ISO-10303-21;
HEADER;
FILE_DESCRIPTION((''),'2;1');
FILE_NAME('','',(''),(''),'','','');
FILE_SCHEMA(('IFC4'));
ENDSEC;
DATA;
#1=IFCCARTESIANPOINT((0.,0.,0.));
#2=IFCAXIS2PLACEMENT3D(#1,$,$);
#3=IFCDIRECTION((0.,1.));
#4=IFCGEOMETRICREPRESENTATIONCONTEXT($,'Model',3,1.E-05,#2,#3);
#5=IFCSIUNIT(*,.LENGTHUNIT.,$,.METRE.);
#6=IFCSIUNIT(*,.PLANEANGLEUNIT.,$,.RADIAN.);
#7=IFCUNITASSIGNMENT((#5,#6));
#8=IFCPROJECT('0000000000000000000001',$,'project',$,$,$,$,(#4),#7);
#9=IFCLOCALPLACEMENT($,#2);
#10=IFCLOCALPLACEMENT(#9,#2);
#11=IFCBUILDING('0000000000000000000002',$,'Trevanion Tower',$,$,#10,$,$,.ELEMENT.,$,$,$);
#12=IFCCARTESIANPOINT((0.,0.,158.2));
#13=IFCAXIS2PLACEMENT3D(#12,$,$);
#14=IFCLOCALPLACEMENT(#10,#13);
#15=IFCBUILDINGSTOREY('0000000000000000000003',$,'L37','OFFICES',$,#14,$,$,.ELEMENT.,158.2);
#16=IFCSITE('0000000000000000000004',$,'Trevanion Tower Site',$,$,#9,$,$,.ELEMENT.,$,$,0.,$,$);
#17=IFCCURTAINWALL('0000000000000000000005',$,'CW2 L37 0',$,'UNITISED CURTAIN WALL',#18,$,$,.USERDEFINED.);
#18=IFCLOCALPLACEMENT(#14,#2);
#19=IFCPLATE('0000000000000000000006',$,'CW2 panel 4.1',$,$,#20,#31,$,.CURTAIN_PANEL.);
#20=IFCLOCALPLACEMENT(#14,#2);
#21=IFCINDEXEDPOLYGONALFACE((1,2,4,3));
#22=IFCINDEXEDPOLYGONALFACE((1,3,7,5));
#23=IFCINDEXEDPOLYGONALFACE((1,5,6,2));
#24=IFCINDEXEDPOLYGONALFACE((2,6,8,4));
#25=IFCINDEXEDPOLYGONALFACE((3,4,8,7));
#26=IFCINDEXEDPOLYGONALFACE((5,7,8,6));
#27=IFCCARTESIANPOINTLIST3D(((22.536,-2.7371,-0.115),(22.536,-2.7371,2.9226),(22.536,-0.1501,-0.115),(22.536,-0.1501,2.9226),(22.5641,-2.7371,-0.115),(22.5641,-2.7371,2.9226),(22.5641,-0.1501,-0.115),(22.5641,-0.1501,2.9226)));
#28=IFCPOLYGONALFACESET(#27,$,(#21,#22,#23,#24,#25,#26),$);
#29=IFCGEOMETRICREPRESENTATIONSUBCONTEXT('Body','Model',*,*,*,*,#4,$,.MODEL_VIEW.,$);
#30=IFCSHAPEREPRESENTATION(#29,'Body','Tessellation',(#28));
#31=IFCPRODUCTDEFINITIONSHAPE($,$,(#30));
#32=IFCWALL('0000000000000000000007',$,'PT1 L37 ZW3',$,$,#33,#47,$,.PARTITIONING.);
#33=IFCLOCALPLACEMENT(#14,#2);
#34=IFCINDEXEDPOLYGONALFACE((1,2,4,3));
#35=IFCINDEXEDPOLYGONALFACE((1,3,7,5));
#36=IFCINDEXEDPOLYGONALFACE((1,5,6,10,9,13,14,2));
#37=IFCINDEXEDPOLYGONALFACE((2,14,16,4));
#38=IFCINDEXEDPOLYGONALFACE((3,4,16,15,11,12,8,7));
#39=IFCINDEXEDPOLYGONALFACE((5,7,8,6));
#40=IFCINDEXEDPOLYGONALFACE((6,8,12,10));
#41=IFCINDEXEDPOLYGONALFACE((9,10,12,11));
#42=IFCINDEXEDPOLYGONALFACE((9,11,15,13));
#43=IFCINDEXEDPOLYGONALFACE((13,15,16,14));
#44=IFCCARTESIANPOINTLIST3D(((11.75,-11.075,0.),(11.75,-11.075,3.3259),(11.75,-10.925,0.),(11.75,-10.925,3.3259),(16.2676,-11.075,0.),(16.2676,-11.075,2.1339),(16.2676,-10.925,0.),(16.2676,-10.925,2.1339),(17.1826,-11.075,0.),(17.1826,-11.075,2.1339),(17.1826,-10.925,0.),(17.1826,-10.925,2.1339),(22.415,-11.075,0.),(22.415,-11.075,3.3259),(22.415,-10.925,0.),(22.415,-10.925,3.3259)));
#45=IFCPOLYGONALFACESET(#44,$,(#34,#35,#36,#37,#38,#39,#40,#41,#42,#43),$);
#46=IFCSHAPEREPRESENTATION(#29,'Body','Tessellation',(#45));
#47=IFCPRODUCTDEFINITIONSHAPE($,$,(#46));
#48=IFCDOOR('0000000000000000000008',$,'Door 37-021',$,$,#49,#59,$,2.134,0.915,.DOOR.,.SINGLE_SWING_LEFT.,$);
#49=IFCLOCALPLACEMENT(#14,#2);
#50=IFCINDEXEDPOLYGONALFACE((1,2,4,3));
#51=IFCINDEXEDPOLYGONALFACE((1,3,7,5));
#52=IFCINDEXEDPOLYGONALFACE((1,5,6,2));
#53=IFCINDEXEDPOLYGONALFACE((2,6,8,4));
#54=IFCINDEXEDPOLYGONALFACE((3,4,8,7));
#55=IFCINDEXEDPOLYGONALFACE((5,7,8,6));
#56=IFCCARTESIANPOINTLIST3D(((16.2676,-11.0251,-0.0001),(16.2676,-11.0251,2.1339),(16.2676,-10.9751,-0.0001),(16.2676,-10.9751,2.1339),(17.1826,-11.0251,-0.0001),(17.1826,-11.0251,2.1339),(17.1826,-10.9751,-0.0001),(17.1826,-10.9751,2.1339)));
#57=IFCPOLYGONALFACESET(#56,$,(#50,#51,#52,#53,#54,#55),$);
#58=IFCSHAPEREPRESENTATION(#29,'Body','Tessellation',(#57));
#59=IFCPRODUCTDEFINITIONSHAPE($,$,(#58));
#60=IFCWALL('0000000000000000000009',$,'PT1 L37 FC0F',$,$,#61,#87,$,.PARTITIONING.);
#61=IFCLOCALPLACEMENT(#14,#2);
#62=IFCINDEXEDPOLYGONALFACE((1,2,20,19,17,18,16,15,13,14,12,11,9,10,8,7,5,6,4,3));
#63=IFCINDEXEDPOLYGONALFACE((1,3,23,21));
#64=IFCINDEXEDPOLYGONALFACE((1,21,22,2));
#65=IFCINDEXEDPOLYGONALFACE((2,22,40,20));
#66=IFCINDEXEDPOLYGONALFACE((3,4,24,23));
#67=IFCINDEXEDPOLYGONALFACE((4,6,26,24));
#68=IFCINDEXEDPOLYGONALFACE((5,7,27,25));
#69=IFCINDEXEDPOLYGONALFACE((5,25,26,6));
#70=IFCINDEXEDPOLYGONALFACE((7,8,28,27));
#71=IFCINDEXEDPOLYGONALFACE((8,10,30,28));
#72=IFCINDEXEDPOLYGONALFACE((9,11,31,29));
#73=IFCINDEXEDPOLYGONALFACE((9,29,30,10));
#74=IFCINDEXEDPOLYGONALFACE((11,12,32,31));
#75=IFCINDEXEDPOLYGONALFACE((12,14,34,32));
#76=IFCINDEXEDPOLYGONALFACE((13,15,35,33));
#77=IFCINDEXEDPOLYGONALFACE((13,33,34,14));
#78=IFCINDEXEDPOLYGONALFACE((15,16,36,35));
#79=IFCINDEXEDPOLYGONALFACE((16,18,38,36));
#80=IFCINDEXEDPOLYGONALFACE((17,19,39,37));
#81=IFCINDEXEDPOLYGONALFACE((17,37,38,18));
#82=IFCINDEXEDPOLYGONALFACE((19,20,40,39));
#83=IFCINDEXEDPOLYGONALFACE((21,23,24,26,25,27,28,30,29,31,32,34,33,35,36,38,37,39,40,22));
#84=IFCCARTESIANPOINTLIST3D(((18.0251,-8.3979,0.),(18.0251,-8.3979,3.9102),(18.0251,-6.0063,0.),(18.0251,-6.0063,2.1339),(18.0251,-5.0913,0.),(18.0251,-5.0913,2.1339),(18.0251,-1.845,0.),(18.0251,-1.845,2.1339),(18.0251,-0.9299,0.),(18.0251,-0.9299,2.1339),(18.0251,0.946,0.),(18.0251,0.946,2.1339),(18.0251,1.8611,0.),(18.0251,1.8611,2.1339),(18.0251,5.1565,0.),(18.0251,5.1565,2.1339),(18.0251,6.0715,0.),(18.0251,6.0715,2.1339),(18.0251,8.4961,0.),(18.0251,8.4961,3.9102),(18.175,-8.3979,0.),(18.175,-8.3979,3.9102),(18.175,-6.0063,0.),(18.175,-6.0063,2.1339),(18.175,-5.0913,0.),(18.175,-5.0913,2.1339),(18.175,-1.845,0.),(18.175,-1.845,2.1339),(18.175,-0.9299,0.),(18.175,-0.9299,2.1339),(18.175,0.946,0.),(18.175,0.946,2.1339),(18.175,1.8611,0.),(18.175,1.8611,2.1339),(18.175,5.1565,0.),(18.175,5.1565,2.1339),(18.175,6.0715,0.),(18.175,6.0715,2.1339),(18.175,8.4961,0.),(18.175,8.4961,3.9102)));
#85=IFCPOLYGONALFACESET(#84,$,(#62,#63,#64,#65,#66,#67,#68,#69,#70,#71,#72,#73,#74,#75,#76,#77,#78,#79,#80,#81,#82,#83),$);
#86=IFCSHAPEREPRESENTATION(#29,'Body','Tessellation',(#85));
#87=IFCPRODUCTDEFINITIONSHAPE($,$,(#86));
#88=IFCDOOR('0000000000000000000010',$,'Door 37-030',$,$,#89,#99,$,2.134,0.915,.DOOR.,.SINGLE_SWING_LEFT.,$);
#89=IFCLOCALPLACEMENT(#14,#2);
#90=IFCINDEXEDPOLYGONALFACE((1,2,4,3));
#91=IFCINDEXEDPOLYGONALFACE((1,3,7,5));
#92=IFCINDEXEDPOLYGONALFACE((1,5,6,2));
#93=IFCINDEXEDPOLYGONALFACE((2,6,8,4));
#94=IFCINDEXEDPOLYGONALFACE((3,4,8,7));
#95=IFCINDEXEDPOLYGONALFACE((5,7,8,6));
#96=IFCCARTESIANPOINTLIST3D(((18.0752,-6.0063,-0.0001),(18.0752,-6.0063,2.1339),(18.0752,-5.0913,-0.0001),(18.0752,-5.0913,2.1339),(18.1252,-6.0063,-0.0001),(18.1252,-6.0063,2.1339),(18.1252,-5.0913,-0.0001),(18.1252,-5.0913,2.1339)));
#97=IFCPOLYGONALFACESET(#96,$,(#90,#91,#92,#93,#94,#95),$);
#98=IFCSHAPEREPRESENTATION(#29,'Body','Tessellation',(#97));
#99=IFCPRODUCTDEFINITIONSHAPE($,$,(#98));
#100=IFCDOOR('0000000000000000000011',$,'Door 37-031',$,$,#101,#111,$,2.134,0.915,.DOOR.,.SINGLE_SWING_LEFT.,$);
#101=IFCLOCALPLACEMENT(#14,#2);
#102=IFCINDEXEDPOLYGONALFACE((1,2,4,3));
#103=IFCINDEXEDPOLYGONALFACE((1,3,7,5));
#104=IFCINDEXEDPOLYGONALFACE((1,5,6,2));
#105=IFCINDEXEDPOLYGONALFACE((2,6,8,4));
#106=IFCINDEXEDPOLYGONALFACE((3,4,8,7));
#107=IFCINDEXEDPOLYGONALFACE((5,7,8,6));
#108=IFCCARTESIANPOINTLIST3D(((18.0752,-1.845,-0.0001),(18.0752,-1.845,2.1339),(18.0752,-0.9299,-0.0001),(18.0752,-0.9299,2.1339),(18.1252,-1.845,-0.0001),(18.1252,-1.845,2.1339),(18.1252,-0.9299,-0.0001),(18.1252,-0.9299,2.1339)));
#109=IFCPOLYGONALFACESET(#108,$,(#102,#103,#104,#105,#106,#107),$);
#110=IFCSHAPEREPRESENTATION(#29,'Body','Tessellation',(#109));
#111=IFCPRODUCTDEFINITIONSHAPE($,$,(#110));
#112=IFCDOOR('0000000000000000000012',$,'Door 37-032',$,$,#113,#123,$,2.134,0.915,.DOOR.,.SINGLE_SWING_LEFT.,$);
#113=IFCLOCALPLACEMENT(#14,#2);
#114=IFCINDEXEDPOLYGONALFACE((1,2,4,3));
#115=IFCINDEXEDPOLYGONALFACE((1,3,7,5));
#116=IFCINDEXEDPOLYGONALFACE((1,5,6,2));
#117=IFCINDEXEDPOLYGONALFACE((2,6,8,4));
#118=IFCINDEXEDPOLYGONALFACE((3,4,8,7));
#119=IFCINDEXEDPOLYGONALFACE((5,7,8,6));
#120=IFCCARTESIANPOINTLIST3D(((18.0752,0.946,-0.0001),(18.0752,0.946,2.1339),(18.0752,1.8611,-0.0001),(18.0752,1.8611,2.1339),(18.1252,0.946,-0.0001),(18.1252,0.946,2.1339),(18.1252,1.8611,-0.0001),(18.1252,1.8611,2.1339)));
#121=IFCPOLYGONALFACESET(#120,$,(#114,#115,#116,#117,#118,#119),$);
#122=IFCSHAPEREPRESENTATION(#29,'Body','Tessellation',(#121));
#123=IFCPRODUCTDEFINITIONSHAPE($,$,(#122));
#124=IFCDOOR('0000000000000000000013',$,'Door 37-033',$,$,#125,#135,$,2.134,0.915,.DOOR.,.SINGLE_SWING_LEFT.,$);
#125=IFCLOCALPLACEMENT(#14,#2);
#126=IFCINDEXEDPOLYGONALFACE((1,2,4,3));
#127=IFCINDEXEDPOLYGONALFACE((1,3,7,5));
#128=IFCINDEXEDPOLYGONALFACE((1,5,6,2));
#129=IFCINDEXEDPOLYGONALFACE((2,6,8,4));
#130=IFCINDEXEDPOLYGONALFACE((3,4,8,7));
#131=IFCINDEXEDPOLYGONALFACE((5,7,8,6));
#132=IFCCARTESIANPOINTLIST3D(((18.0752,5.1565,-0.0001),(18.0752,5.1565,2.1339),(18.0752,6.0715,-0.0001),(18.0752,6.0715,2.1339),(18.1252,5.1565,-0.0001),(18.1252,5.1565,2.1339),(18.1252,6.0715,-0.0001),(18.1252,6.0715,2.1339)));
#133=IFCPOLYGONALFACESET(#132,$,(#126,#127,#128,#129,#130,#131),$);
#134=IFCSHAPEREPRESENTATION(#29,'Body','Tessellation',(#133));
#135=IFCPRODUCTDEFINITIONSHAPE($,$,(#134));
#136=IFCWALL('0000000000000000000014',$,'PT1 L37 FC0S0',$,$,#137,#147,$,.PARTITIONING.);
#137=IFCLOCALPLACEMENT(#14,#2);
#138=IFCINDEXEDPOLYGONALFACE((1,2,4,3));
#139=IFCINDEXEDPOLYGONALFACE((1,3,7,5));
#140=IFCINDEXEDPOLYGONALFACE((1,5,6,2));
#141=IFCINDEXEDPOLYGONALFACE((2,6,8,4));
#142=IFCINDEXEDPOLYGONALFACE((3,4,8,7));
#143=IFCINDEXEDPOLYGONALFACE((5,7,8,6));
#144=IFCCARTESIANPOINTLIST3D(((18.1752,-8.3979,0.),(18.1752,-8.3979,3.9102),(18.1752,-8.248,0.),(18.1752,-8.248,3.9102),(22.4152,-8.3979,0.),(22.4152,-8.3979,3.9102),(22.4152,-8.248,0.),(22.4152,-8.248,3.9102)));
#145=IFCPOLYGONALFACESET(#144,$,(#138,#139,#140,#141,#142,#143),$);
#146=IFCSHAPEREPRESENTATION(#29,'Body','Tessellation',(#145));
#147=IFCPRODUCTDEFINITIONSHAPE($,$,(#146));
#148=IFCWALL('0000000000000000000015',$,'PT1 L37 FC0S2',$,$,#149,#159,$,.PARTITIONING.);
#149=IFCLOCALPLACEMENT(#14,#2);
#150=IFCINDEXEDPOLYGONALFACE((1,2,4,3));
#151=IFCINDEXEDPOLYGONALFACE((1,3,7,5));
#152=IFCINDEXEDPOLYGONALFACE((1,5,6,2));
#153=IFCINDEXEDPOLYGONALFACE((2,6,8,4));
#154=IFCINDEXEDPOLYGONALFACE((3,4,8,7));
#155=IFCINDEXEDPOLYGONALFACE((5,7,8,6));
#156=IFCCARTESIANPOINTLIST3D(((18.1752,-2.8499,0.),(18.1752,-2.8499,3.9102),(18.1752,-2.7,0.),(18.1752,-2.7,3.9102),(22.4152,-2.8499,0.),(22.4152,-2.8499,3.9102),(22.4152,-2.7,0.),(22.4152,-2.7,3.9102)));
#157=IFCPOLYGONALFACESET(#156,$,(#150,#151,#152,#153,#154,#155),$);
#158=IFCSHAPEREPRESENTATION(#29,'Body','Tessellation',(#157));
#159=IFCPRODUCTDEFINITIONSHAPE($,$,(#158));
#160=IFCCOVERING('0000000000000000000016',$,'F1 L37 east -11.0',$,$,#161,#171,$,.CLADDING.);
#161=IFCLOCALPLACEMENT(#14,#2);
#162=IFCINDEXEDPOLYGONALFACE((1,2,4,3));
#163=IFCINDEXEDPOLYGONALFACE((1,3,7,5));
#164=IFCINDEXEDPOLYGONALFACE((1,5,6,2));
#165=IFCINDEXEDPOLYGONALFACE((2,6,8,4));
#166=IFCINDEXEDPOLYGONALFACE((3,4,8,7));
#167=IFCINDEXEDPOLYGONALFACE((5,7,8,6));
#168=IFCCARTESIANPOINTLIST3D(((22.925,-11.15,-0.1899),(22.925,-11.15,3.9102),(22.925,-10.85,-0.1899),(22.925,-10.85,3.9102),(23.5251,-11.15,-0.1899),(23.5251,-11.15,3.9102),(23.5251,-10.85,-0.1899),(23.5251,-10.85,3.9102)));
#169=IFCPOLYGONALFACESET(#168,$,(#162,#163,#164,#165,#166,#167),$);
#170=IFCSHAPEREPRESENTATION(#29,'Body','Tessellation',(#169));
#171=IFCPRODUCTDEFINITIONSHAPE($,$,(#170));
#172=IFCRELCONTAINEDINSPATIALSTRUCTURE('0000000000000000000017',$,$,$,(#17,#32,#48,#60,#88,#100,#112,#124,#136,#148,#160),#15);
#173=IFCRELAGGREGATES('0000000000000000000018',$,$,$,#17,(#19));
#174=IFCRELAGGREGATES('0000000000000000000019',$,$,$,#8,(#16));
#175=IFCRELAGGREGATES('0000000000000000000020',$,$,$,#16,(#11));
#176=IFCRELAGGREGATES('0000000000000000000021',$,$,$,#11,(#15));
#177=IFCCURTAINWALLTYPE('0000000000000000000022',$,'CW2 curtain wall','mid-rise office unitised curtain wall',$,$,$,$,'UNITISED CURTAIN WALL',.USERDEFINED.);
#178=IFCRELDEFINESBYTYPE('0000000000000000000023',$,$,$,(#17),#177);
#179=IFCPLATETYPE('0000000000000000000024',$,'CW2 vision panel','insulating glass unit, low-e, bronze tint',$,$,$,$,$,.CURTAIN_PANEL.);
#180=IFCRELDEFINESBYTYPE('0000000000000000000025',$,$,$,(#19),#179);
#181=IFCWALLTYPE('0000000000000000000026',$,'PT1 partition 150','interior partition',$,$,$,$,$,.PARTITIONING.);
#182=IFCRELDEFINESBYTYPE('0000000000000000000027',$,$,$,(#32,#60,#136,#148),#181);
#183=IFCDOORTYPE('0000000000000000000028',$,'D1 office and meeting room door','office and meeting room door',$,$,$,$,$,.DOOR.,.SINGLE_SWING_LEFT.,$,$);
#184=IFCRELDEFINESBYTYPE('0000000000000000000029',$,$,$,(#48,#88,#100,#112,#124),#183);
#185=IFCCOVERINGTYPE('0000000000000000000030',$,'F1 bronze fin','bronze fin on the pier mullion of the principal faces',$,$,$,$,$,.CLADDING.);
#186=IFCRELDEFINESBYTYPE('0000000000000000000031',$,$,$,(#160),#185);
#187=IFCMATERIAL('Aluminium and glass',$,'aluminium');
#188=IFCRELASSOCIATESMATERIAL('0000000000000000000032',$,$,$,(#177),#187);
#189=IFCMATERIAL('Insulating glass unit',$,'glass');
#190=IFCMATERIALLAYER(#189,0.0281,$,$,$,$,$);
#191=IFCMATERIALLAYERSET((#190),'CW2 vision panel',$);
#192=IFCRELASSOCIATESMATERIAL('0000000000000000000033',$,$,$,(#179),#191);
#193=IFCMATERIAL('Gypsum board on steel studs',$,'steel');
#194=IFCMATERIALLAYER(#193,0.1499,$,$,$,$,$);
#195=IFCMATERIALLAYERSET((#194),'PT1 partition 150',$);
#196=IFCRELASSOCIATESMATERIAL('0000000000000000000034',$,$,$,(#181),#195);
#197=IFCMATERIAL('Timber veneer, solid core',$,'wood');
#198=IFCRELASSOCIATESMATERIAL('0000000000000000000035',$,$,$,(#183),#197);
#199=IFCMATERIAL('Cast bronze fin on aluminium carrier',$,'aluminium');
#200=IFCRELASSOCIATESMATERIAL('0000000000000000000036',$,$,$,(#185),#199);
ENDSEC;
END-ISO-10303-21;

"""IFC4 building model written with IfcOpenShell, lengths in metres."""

from ifc_helpers import new_model, si_unit, direction, frame, frame_2d, origin, origin_2d, place, context, subcontext, project, spatial, rectangle, extrude, material, layer, layer_set, type_object, element, fill, aggregate, save


model = new_model("IFC4")

# Units and contexts
model_context = context("Model", 3, precision=1e-05, world=origin(), true_north=direction((0.0, 1.0)))
body_context = subcontext(model_context, "Body", "Model", "MODEL_VIEW")
ifc_project = project(units=[si_unit("LENGTHUNIT", "METRE"), si_unit("PLANEANGLEUNIT", "RADIAN")], contexts=[model_context])

# Site, building, storey
site_placement = place(None, origin())
site = spatial("IfcSite", under=ifc_project, at=site_placement, Name="Trevanion Tower Site", CompositionType="ELEMENT", RefElevation=0.0)
building_placement = place(site_placement, origin())
building = spatial("IfcBuilding", under=site, at=building_placement, Name="Trevanion Tower", CompositionType="ELEMENT")
storey_placement = place(building_placement, frame((0.0, 0.0, 158.2)))
storey = spatial("IfcBuildingStorey", under=building, at=storey_placement, Name="L37", Description="OFFICES", CompositionType="ELEMENT", Elevation=158.2)

# Curtain wall
ifc_material_1 = material(Name="Aluminium and glass", Category="aluminium")
curtain_wall_type = type_object("IfcCurtainWallType", Name="CW2 curtain wall", Description="mid-rise office unitised curtain wall", ElementType="UNITISED CURTAIN WALL", PredefinedType="USERDEFINED", material=ifc_material_1)
curtain_wall_placement = place(storey_placement, origin())
curtain_wall = element("IfcCurtainWall", 1, at=curtain_wall_placement, inside=storey, type_object=curtain_wall_type, Name="CW2 L37 0", ObjectType="UNITISED CURTAIN WALL", PredefinedType="USERDEFINED")

# Plate
ifc_material_2 = material(Name="Insulating glass unit", Category="glass")
ifc_layer_1 = layer(ifc_material_2, 0.0281)
ifc_layer_set_1 = layer_set([ifc_layer_1], Name="CW2 vision panel")
plate_type_1 = type_object("IfcPlateType", Name="CW2 vision panel", Description="insulating glass unit, low-e, bronze tint", PredefinedType="CURTAIN_PANEL", material=ifc_layer_set_1)
plate_1_placement = place(storey_placement, frame((22.55, -1.4436, -0.115), z_axis=(0.0, 0.0, 1.0), x_axis=(0.0, 1.0, 0.0)))
plate_1 = element("IfcPlate", 2, at=plate_1_placement, type_object=plate_type_1, Name="CW2 panel 4.1", PredefinedType="CURTAIN_PANEL", context=body_context, shape_type="SweptSolid", body=[
    extrude(rectangle(XDim=2.5869, YDim=0.0281, at=origin_2d()), origin(), (0.0, 0.0, 1.0), 3.0376),
])
aggregate(curtain_wall, [plate_1])

# Wall, opening, door
ifc_material_3 = material(Name="Gypsum board on steel studs", Category="steel")
ifc_layer_2 = layer(ifc_material_3, 0.1499)
ifc_layer_set_2 = layer_set([ifc_layer_2], Name="PT1 partition 150")
wall_type = type_object("IfcWallType", Name="PT1 partition 150", Description="interior partition", PredefinedType="PARTITIONING", material=ifc_layer_set_2)
wall_1_placement = place(storey_placement, frame((11.75, -11.0, 0.0), z_axis=(0.0, 0.0, 1.0), x_axis=(1.0, 0.0, 0.0)))
wall_1 = element("IfcWall", 3, at=wall_1_placement, inside=storey, type_object=wall_type, Name="PT1 L37 ZW3", PredefinedType="PARTITIONING", context=body_context, shape_type="SweptSolid", body=[
    extrude(rectangle(XDim=10.665, YDim=0.1499, at=frame_2d((5.3325, 0.0))), origin(), (0.0, 0.0, 1.0), 3.3259),
])
opening_1_placement = place(wall_1_placement, frame((4.5176, 0.0, 0.0)))
opening_1 = element("IfcOpeningElement", 4, at=opening_1_placement, cuts=wall_1, PredefinedType="OPENING", context=body_context, shape_type="SweptSolid", body=[
    extrude(rectangle(XDim=0.915, YDim=2.134, at=frame_2d((0.4575, 1.0669))), frame((0.0, 0.085, 0.0), z_axis=(0.0, -1.0, 0.0), x_axis=(1.0, 0.0, 0.0)), (0.0, 0.0, 1.0), 0.1699),
])
ifc_material_4 = material(Name="Timber veneer, solid core", Category="wood")
door_type = type_object("IfcDoorType", Name="D1 office and meeting room door", Description="office and meeting room door", OperationType="SINGLE_SWING_LEFT", PredefinedType="DOOR", material=ifc_material_4)
door_1_placement = place(opening_1_placement, origin())
door_1 = element("IfcDoor", 5, at=door_1_placement, inside=storey, type_object=door_type, Name="Door 37-021", OperationType="SINGLE_SWING_LEFT", OverallHeight=2.134, OverallWidth=0.915, PredefinedType="DOOR", context=body_context, shape_type="SweptSolid", body=[
    extrude(rectangle(XDim=0.915, YDim=2.134, at=frame_2d((0.4575, 1.0669))), frame((0.0, 0.0249, 0.0), z_axis=(0.0, -1.0, 0.0), x_axis=(1.0, 0.0, 0.0)), (0.0, 0.0, 1.0), 0.05),
])
fill(opening_1, door_1)

# Wall, openings, doors
wall_2_placement = place(storey_placement, frame((18.1001, -8.3979, 0.0), z_axis=(0.0, 0.0, 1.0), x_axis=(0.0, 1.0, 0.0)))
wall_2 = element("IfcWall", 6, at=wall_2_placement, inside=storey, type_object=wall_type, Name="PT1 L37 FC0F", PredefinedType="PARTITIONING", context=body_context, shape_type="SweptSolid", body=[
    extrude(rectangle(XDim=16.894, YDim=0.1499, at=frame_2d((8.447, 0.0))), origin(), (0.0, 0.0, 1.0), 3.9102),
])
opening_2_placement = place(wall_2_placement, frame((2.3916, 0.0, 0.0)))
opening_2 = element("IfcOpeningElement", 7, at=opening_2_placement, cuts=wall_2, PredefinedType="OPENING", context=body_context, shape_type="SweptSolid", body=[
    extrude(rectangle(XDim=0.915, YDim=2.134, at=frame_2d((0.4575, 1.0669))), frame((0.0, 0.085, 0.0), z_axis=(0.0, -1.0, 0.0), x_axis=(1.0, 0.0, 0.0)), (0.0, 0.0, 1.0), 0.1699),
])
opening_3_placement = place(wall_2_placement, frame((6.553, 0.0, 0.0)))
opening_3 = element("IfcOpeningElement", 8, at=opening_3_placement, cuts=wall_2, PredefinedType="OPENING", context=body_context, shape_type="SweptSolid", body=[
    extrude(rectangle(XDim=0.915, YDim=2.134, at=frame_2d((0.4575, 1.0669))), frame((0.0, 0.085, 0.0), z_axis=(0.0, -1.0, 0.0), x_axis=(1.0, 0.0, 0.0)), (0.0, 0.0, 1.0), 0.1699),
])
opening_4_placement = place(wall_2_placement, frame((9.344, 0.0, 0.0)))
opening_4 = element("IfcOpeningElement", 9, at=opening_4_placement, cuts=wall_2, PredefinedType="OPENING", context=body_context, shape_type="SweptSolid", body=[
    extrude(rectangle(XDim=0.915, YDim=2.134, at=frame_2d((0.4575, 1.0669))), frame((0.0, 0.085, 0.0), z_axis=(0.0, -1.0, 0.0), x_axis=(1.0, 0.0, 0.0)), (0.0, 0.0, 1.0), 0.1699),
])
opening_5_placement = place(wall_2_placement, frame((13.5544, 0.0, 0.0)))
opening_5 = element("IfcOpeningElement", 10, at=opening_5_placement, cuts=wall_2, PredefinedType="OPENING", context=body_context, shape_type="SweptSolid", body=[
    extrude(rectangle(XDim=0.915, YDim=2.134, at=frame_2d((0.4575, 1.0669))), frame((0.0, 0.085, 0.0), z_axis=(0.0, -1.0, 0.0), x_axis=(1.0, 0.0, 0.0)), (0.0, 0.0, 1.0), 0.1699),
])
door_2_placement = place(opening_2_placement, origin())
door_2 = element("IfcDoor", 11, at=door_2_placement, inside=storey, type_object=door_type, Name="Door 37-030", OperationType="SINGLE_SWING_LEFT", OverallHeight=2.134, OverallWidth=0.915, PredefinedType="DOOR", context=body_context, shape_type="SweptSolid", body=[
    extrude(rectangle(XDim=0.915, YDim=2.134, at=frame_2d((0.4575, 1.0669))), frame((0.0, 0.0249, 0.0), z_axis=(0.0, -1.0, 0.0), x_axis=(1.0, 0.0, 0.0)), (0.0, 0.0, 1.0), 0.05),
])
fill(opening_2, door_2)
door_3_placement = place(opening_3_placement, origin())
door_3 = element("IfcDoor", 12, at=door_3_placement, inside=storey, type_object=door_type, Name="Door 37-031", OperationType="SINGLE_SWING_LEFT", OverallHeight=2.134, OverallWidth=0.915, PredefinedType="DOOR", context=body_context, shape_type="SweptSolid", body=[
    extrude(rectangle(XDim=0.915, YDim=2.134, at=frame_2d((0.4575, 1.0669))), frame((0.0, 0.0249, 0.0), z_axis=(0.0, -1.0, 0.0), x_axis=(1.0, 0.0, 0.0)), (0.0, 0.0, 1.0), 0.05),
])
fill(opening_3, door_3)
door_4_placement = place(opening_4_placement, origin())
door_4 = element("IfcDoor", 13, at=door_4_placement, inside=storey, type_object=door_type, Name="Door 37-032", OperationType="SINGLE_SWING_LEFT", OverallHeight=2.134, OverallWidth=0.915, PredefinedType="DOOR", context=body_context, shape_type="SweptSolid", body=[
    extrude(rectangle(XDim=0.915, YDim=2.134, at=frame_2d((0.4575, 1.0669))), frame((0.0, 0.0249, 0.0), z_axis=(0.0, -1.0, 0.0), x_axis=(1.0, 0.0, 0.0)), (0.0, 0.0, 1.0), 0.05),
])
fill(opening_4, door_4)
door_5_placement = place(opening_5_placement, origin())
door_5 = element("IfcDoor", 14, at=door_5_placement, inside=storey, type_object=door_type, Name="Door 37-033", OperationType="SINGLE_SWING_LEFT", OverallHeight=2.134, OverallWidth=0.915, PredefinedType="DOOR", context=body_context, shape_type="SweptSolid", body=[
    extrude(rectangle(XDim=0.915, YDim=2.134, at=frame_2d((0.4575, 1.0669))), frame((0.0, 0.0249, 0.0), z_axis=(0.0, -1.0, 0.0), x_axis=(1.0, 0.0, 0.0)), (0.0, 0.0, 1.0), 0.05),
])
fill(opening_5, door_5)

# Walls
for number, where, z_axis, x_axis, name in (
    (15, (18.175, -8.323, 0.0), (0.0, 0.0, 1.0), (1.0, 0.0, 0.0), "PT1 L37 FC0S0"),
    (16, (18.175, -2.7749, 0.0), (0.0, 0.0, 1.0), (1.0, 0.0, 0.0), "PT1 L37 FC0S2"),
):
    element("IfcWall", number, at=place(storey_placement, frame(where, z_axis=z_axis, x_axis=x_axis)), inside=storey, type_object=wall_type, Name=name, PredefinedType="PARTITIONING", context=body_context, shape_type="SweptSolid", body=[
        extrude(rectangle(XDim=4.24, YDim=0.1499, at=frame_2d((2.1201, 0.0))), origin(), (0.0, 0.0, 1.0), 3.9102),
    ])

# Covering
ifc_material_5 = material(Name="Cast bronze fin on aluminium carrier", Category="aluminium")
covering_type = type_object("IfcCoveringType", Name="F1 bronze fin", Description="bronze fin on the pier mullion of the principal faces", PredefinedType="CLADDING", material=ifc_material_5)
covering_placement = place(storey_placement, frame((23.2251, -11.0, -0.1899), z_axis=(0.0, 0.0, 1.0), x_axis=(0.0, 1.0, 0.0)))
element("IfcCovering", 17, at=covering_placement, inside=storey, type_object=covering_type, Name="F1 L37 east -11.0", PredefinedType="CLADDING", context=body_context, shape_type="SweptSolid", body=[
    extrude(rectangle(XDim=0.3, YDim=0.6001, at=origin_2d()), origin(), (0.0, 0.0, 1.0), 4.1001),
])

save(model, "model.ifc")
